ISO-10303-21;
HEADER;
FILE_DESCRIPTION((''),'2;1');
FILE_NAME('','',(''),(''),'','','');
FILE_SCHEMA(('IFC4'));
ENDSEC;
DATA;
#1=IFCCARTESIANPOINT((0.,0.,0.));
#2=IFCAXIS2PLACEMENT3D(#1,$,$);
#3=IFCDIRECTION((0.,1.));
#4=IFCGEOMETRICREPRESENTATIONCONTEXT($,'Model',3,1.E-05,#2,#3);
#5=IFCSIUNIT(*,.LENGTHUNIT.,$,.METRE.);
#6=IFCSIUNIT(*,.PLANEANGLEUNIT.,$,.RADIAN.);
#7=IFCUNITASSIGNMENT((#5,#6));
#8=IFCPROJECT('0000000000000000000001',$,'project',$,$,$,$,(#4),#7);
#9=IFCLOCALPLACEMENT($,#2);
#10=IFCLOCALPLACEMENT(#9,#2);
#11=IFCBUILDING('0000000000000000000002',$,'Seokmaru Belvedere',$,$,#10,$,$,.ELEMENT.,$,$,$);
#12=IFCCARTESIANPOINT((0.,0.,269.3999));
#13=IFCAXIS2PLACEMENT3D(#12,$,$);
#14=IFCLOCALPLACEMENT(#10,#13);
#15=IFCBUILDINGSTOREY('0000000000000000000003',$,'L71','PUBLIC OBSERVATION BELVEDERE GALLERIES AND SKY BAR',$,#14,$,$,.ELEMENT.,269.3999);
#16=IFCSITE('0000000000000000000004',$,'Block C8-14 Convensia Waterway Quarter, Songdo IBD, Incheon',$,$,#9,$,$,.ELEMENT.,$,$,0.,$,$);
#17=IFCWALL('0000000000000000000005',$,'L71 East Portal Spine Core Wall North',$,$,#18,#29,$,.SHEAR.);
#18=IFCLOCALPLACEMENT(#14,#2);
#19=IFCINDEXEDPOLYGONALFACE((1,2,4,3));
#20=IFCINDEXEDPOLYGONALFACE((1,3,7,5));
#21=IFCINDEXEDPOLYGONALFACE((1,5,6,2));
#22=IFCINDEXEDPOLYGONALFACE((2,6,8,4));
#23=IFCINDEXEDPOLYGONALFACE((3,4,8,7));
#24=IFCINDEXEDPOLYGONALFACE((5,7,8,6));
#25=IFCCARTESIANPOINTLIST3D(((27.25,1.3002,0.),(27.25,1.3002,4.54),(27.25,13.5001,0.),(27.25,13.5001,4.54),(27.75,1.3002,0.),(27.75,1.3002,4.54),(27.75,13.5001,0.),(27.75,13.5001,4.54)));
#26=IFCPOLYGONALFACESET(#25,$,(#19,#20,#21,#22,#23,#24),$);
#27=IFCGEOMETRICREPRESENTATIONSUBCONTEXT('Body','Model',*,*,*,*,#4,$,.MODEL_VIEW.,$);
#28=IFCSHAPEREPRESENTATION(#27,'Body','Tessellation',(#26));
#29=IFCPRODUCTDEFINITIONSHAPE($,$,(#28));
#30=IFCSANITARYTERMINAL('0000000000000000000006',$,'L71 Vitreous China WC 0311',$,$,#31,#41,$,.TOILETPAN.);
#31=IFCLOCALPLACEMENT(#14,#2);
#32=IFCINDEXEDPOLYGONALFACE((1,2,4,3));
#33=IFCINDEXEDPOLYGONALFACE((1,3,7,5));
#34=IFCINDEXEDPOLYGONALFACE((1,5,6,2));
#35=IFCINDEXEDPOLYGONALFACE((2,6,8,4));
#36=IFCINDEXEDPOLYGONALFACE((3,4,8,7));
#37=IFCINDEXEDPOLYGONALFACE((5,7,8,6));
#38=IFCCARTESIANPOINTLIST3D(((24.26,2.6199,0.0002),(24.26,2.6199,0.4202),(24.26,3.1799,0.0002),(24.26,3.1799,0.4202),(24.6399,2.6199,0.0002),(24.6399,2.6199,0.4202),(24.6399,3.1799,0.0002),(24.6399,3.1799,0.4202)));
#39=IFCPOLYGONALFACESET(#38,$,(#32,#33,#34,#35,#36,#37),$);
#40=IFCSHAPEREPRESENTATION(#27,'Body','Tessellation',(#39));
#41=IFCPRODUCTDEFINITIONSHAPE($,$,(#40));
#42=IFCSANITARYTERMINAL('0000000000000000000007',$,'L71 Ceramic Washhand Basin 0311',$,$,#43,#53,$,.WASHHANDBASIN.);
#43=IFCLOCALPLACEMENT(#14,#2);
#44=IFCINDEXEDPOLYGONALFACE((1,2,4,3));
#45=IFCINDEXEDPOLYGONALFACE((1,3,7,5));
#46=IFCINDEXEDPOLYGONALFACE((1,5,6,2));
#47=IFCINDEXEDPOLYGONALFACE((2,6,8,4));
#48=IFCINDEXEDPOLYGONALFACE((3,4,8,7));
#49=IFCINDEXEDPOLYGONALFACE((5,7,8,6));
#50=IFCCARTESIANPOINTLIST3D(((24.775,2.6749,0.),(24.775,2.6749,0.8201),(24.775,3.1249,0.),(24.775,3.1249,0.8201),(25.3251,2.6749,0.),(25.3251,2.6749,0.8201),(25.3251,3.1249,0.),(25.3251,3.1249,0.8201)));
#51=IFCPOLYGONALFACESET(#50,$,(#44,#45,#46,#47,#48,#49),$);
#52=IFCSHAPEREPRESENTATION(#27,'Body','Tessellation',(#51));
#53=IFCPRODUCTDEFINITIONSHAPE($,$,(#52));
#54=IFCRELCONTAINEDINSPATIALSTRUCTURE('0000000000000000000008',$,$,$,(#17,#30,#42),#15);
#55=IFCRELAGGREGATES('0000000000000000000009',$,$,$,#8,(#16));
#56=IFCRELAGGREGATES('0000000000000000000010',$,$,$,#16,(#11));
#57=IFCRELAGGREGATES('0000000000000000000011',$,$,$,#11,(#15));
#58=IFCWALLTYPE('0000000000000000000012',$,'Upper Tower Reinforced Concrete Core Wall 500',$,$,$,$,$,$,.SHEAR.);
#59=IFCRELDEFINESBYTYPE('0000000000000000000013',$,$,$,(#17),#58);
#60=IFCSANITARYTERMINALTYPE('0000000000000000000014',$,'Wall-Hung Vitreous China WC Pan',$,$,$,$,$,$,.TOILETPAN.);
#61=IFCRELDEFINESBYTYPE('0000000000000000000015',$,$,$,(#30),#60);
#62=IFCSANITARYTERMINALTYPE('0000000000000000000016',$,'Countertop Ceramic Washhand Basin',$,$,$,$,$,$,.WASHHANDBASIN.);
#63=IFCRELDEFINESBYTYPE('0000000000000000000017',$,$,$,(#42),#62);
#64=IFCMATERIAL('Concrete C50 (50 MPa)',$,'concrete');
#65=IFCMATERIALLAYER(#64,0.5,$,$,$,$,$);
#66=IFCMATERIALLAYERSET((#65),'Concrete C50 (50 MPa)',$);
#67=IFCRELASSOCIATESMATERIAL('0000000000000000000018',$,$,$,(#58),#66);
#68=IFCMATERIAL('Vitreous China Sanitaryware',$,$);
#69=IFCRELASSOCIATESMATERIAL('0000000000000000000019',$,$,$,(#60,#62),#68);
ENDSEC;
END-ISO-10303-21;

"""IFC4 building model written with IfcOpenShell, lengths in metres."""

from ifc_helpers import new_model, si_unit, direction, frame, frame_2d, origin, origin_2d, place, context, subcontext, project, spatial, rectangle, extrude, source, transform, mapped, material, layer, layer_set, type_object, type_shapes, element, save


model = new_model("IFC4")

# Units and contexts
model_context = context("Model", 3, precision=1e-05, world=origin(), true_north=direction((0.0, 1.0)))
body_context = subcontext(model_context, "Body", "Model", "MODEL_VIEW")
ifc_project = project(units=[si_unit("LENGTHUNIT", "METRE"), si_unit("PLANEANGLEUNIT", "RADIAN")], contexts=[model_context])

# Site, building, storey
site_placement = place(None, origin())
site = spatial("IfcSite", under=ifc_project, at=site_placement, Name="Block C8-14 Convensia Waterway Quarter, Songdo IBD, Incheon", CompositionType="ELEMENT", RefElevation=0.0)
building_placement = place(site_placement, origin())
building = spatial("IfcBuilding", under=site, at=building_placement, Name="Seokmaru Belvedere", CompositionType="ELEMENT")
storey_placement = place(building_placement, frame((0.0, 0.0, 269.3999)))
storey = spatial("IfcBuildingStorey", under=building, at=storey_placement, Name="L71", Description="PUBLIC OBSERVATION BELVEDERE GALLERIES AND SKY BAR", CompositionType="ELEMENT", Elevation=269.3999)

# Shared definitions
ifc_material_1 = material(Name="Concrete C50 (50 MPa)", Category="concrete")

# Wall
ifc_layer_1 = layer(ifc_material_1, 0.5)
ifc_layer_set_1 = layer_set([ifc_layer_1], Name="Concrete C50 (50 MPa)")
wall_type_1 = type_object("IfcWallType", Name="Upper Tower Reinforced Concrete Core Wall 500", PredefinedType="SHEAR", material=ifc_layer_set_1)
wall_1_placement = place(storey_placement, frame((27.5, 1.3, 0.0), z_axis=(0.0, 0.0, 1.0), x_axis=(0.0, 1.0, 0.0)))
element("IfcWall", 1, at=wall_1_placement, inside=storey, type_object=wall_type_1, Name="L71 East Portal Spine Core Wall North", PredefinedType="SHEAR", context=body_context, shape_type="SweptSolid", body=[
    extrude(rectangle(XDim=12.2, YDim=0.5, at=frame_2d((6.1001, 0.0))), origin(), (0.0, 0.0, 1.0), 4.54),
])

# Sanitary terminals
ifc_material_2 = material(Name="Vitreous China Sanitaryware")
sanitary_terminal_type_1 = type_object("IfcSanitaryTerminalType", Name="Wall-Hung Vitreous China WC Pan", PredefinedType="TOILETPAN", material=ifc_material_2)
shared_shape_1 = source(origin(), body_context, "Body", "SweptSolid", [
    extrude(rectangle(XDim=0.3799, YDim=0.5601, at=origin_2d()), origin(), (0.0, 0.0, 1.0), 0.4199),
])
type_shapes(sanitary_terminal_type_1, [shared_shape_1])
sanitary_terminal_1_placement = place(storey_placement, frame((24.45, 2.8999, 0.0002), z_axis=(0.0, 0.0, 1.0), x_axis=(1.0, 0.0, 0.0)))
element("IfcSanitaryTerminal", 2, at=sanitary_terminal_1_placement, inside=storey, type_object=sanitary_terminal_type_1, Name="L71 Vitreous China WC 0311", PredefinedType="TOILETPAN", context=body_context, shape_type="MappedRepresentation", body=[
    mapped(shared_shape_1, transform((0.0, 0.0, 0.0), scale=1.0)),
])
sanitary_terminal_type_2 = type_object("IfcSanitaryTerminalType", Name="Countertop Ceramic Washhand Basin", PredefinedType="WASHHANDBASIN", material=ifc_material_2)
shared_shape_2 = source(origin(), body_context, "Body", "SweptSolid", [
    extrude(rectangle(XDim=0.55, YDim=0.45, at=origin_2d()), origin(), (0.0, 0.0, 1.0), 0.8201),
])
type_shapes(sanitary_terminal_type_2, [shared_shape_2])
sanitary_terminal_2_placement = place(storey_placement, frame((25.05, 2.8999, 0.0), z_axis=(0.0, 0.0, 1.0), x_axis=(1.0, 0.0, 0.0)))
element("IfcSanitaryTerminal", 3, at=sanitary_terminal_2_placement, inside=storey, type_object=sanitary_terminal_type_2, Name="L71 Ceramic Washhand Basin 0311", PredefinedType="WASHHANDBASIN", context=body_context, shape_type="MappedRepresentation", body=[
    mapped(shared_shape_2, transform((0.0, 0.0, 0.0), scale=1.0)),
])

save(model, "model.ifc")
